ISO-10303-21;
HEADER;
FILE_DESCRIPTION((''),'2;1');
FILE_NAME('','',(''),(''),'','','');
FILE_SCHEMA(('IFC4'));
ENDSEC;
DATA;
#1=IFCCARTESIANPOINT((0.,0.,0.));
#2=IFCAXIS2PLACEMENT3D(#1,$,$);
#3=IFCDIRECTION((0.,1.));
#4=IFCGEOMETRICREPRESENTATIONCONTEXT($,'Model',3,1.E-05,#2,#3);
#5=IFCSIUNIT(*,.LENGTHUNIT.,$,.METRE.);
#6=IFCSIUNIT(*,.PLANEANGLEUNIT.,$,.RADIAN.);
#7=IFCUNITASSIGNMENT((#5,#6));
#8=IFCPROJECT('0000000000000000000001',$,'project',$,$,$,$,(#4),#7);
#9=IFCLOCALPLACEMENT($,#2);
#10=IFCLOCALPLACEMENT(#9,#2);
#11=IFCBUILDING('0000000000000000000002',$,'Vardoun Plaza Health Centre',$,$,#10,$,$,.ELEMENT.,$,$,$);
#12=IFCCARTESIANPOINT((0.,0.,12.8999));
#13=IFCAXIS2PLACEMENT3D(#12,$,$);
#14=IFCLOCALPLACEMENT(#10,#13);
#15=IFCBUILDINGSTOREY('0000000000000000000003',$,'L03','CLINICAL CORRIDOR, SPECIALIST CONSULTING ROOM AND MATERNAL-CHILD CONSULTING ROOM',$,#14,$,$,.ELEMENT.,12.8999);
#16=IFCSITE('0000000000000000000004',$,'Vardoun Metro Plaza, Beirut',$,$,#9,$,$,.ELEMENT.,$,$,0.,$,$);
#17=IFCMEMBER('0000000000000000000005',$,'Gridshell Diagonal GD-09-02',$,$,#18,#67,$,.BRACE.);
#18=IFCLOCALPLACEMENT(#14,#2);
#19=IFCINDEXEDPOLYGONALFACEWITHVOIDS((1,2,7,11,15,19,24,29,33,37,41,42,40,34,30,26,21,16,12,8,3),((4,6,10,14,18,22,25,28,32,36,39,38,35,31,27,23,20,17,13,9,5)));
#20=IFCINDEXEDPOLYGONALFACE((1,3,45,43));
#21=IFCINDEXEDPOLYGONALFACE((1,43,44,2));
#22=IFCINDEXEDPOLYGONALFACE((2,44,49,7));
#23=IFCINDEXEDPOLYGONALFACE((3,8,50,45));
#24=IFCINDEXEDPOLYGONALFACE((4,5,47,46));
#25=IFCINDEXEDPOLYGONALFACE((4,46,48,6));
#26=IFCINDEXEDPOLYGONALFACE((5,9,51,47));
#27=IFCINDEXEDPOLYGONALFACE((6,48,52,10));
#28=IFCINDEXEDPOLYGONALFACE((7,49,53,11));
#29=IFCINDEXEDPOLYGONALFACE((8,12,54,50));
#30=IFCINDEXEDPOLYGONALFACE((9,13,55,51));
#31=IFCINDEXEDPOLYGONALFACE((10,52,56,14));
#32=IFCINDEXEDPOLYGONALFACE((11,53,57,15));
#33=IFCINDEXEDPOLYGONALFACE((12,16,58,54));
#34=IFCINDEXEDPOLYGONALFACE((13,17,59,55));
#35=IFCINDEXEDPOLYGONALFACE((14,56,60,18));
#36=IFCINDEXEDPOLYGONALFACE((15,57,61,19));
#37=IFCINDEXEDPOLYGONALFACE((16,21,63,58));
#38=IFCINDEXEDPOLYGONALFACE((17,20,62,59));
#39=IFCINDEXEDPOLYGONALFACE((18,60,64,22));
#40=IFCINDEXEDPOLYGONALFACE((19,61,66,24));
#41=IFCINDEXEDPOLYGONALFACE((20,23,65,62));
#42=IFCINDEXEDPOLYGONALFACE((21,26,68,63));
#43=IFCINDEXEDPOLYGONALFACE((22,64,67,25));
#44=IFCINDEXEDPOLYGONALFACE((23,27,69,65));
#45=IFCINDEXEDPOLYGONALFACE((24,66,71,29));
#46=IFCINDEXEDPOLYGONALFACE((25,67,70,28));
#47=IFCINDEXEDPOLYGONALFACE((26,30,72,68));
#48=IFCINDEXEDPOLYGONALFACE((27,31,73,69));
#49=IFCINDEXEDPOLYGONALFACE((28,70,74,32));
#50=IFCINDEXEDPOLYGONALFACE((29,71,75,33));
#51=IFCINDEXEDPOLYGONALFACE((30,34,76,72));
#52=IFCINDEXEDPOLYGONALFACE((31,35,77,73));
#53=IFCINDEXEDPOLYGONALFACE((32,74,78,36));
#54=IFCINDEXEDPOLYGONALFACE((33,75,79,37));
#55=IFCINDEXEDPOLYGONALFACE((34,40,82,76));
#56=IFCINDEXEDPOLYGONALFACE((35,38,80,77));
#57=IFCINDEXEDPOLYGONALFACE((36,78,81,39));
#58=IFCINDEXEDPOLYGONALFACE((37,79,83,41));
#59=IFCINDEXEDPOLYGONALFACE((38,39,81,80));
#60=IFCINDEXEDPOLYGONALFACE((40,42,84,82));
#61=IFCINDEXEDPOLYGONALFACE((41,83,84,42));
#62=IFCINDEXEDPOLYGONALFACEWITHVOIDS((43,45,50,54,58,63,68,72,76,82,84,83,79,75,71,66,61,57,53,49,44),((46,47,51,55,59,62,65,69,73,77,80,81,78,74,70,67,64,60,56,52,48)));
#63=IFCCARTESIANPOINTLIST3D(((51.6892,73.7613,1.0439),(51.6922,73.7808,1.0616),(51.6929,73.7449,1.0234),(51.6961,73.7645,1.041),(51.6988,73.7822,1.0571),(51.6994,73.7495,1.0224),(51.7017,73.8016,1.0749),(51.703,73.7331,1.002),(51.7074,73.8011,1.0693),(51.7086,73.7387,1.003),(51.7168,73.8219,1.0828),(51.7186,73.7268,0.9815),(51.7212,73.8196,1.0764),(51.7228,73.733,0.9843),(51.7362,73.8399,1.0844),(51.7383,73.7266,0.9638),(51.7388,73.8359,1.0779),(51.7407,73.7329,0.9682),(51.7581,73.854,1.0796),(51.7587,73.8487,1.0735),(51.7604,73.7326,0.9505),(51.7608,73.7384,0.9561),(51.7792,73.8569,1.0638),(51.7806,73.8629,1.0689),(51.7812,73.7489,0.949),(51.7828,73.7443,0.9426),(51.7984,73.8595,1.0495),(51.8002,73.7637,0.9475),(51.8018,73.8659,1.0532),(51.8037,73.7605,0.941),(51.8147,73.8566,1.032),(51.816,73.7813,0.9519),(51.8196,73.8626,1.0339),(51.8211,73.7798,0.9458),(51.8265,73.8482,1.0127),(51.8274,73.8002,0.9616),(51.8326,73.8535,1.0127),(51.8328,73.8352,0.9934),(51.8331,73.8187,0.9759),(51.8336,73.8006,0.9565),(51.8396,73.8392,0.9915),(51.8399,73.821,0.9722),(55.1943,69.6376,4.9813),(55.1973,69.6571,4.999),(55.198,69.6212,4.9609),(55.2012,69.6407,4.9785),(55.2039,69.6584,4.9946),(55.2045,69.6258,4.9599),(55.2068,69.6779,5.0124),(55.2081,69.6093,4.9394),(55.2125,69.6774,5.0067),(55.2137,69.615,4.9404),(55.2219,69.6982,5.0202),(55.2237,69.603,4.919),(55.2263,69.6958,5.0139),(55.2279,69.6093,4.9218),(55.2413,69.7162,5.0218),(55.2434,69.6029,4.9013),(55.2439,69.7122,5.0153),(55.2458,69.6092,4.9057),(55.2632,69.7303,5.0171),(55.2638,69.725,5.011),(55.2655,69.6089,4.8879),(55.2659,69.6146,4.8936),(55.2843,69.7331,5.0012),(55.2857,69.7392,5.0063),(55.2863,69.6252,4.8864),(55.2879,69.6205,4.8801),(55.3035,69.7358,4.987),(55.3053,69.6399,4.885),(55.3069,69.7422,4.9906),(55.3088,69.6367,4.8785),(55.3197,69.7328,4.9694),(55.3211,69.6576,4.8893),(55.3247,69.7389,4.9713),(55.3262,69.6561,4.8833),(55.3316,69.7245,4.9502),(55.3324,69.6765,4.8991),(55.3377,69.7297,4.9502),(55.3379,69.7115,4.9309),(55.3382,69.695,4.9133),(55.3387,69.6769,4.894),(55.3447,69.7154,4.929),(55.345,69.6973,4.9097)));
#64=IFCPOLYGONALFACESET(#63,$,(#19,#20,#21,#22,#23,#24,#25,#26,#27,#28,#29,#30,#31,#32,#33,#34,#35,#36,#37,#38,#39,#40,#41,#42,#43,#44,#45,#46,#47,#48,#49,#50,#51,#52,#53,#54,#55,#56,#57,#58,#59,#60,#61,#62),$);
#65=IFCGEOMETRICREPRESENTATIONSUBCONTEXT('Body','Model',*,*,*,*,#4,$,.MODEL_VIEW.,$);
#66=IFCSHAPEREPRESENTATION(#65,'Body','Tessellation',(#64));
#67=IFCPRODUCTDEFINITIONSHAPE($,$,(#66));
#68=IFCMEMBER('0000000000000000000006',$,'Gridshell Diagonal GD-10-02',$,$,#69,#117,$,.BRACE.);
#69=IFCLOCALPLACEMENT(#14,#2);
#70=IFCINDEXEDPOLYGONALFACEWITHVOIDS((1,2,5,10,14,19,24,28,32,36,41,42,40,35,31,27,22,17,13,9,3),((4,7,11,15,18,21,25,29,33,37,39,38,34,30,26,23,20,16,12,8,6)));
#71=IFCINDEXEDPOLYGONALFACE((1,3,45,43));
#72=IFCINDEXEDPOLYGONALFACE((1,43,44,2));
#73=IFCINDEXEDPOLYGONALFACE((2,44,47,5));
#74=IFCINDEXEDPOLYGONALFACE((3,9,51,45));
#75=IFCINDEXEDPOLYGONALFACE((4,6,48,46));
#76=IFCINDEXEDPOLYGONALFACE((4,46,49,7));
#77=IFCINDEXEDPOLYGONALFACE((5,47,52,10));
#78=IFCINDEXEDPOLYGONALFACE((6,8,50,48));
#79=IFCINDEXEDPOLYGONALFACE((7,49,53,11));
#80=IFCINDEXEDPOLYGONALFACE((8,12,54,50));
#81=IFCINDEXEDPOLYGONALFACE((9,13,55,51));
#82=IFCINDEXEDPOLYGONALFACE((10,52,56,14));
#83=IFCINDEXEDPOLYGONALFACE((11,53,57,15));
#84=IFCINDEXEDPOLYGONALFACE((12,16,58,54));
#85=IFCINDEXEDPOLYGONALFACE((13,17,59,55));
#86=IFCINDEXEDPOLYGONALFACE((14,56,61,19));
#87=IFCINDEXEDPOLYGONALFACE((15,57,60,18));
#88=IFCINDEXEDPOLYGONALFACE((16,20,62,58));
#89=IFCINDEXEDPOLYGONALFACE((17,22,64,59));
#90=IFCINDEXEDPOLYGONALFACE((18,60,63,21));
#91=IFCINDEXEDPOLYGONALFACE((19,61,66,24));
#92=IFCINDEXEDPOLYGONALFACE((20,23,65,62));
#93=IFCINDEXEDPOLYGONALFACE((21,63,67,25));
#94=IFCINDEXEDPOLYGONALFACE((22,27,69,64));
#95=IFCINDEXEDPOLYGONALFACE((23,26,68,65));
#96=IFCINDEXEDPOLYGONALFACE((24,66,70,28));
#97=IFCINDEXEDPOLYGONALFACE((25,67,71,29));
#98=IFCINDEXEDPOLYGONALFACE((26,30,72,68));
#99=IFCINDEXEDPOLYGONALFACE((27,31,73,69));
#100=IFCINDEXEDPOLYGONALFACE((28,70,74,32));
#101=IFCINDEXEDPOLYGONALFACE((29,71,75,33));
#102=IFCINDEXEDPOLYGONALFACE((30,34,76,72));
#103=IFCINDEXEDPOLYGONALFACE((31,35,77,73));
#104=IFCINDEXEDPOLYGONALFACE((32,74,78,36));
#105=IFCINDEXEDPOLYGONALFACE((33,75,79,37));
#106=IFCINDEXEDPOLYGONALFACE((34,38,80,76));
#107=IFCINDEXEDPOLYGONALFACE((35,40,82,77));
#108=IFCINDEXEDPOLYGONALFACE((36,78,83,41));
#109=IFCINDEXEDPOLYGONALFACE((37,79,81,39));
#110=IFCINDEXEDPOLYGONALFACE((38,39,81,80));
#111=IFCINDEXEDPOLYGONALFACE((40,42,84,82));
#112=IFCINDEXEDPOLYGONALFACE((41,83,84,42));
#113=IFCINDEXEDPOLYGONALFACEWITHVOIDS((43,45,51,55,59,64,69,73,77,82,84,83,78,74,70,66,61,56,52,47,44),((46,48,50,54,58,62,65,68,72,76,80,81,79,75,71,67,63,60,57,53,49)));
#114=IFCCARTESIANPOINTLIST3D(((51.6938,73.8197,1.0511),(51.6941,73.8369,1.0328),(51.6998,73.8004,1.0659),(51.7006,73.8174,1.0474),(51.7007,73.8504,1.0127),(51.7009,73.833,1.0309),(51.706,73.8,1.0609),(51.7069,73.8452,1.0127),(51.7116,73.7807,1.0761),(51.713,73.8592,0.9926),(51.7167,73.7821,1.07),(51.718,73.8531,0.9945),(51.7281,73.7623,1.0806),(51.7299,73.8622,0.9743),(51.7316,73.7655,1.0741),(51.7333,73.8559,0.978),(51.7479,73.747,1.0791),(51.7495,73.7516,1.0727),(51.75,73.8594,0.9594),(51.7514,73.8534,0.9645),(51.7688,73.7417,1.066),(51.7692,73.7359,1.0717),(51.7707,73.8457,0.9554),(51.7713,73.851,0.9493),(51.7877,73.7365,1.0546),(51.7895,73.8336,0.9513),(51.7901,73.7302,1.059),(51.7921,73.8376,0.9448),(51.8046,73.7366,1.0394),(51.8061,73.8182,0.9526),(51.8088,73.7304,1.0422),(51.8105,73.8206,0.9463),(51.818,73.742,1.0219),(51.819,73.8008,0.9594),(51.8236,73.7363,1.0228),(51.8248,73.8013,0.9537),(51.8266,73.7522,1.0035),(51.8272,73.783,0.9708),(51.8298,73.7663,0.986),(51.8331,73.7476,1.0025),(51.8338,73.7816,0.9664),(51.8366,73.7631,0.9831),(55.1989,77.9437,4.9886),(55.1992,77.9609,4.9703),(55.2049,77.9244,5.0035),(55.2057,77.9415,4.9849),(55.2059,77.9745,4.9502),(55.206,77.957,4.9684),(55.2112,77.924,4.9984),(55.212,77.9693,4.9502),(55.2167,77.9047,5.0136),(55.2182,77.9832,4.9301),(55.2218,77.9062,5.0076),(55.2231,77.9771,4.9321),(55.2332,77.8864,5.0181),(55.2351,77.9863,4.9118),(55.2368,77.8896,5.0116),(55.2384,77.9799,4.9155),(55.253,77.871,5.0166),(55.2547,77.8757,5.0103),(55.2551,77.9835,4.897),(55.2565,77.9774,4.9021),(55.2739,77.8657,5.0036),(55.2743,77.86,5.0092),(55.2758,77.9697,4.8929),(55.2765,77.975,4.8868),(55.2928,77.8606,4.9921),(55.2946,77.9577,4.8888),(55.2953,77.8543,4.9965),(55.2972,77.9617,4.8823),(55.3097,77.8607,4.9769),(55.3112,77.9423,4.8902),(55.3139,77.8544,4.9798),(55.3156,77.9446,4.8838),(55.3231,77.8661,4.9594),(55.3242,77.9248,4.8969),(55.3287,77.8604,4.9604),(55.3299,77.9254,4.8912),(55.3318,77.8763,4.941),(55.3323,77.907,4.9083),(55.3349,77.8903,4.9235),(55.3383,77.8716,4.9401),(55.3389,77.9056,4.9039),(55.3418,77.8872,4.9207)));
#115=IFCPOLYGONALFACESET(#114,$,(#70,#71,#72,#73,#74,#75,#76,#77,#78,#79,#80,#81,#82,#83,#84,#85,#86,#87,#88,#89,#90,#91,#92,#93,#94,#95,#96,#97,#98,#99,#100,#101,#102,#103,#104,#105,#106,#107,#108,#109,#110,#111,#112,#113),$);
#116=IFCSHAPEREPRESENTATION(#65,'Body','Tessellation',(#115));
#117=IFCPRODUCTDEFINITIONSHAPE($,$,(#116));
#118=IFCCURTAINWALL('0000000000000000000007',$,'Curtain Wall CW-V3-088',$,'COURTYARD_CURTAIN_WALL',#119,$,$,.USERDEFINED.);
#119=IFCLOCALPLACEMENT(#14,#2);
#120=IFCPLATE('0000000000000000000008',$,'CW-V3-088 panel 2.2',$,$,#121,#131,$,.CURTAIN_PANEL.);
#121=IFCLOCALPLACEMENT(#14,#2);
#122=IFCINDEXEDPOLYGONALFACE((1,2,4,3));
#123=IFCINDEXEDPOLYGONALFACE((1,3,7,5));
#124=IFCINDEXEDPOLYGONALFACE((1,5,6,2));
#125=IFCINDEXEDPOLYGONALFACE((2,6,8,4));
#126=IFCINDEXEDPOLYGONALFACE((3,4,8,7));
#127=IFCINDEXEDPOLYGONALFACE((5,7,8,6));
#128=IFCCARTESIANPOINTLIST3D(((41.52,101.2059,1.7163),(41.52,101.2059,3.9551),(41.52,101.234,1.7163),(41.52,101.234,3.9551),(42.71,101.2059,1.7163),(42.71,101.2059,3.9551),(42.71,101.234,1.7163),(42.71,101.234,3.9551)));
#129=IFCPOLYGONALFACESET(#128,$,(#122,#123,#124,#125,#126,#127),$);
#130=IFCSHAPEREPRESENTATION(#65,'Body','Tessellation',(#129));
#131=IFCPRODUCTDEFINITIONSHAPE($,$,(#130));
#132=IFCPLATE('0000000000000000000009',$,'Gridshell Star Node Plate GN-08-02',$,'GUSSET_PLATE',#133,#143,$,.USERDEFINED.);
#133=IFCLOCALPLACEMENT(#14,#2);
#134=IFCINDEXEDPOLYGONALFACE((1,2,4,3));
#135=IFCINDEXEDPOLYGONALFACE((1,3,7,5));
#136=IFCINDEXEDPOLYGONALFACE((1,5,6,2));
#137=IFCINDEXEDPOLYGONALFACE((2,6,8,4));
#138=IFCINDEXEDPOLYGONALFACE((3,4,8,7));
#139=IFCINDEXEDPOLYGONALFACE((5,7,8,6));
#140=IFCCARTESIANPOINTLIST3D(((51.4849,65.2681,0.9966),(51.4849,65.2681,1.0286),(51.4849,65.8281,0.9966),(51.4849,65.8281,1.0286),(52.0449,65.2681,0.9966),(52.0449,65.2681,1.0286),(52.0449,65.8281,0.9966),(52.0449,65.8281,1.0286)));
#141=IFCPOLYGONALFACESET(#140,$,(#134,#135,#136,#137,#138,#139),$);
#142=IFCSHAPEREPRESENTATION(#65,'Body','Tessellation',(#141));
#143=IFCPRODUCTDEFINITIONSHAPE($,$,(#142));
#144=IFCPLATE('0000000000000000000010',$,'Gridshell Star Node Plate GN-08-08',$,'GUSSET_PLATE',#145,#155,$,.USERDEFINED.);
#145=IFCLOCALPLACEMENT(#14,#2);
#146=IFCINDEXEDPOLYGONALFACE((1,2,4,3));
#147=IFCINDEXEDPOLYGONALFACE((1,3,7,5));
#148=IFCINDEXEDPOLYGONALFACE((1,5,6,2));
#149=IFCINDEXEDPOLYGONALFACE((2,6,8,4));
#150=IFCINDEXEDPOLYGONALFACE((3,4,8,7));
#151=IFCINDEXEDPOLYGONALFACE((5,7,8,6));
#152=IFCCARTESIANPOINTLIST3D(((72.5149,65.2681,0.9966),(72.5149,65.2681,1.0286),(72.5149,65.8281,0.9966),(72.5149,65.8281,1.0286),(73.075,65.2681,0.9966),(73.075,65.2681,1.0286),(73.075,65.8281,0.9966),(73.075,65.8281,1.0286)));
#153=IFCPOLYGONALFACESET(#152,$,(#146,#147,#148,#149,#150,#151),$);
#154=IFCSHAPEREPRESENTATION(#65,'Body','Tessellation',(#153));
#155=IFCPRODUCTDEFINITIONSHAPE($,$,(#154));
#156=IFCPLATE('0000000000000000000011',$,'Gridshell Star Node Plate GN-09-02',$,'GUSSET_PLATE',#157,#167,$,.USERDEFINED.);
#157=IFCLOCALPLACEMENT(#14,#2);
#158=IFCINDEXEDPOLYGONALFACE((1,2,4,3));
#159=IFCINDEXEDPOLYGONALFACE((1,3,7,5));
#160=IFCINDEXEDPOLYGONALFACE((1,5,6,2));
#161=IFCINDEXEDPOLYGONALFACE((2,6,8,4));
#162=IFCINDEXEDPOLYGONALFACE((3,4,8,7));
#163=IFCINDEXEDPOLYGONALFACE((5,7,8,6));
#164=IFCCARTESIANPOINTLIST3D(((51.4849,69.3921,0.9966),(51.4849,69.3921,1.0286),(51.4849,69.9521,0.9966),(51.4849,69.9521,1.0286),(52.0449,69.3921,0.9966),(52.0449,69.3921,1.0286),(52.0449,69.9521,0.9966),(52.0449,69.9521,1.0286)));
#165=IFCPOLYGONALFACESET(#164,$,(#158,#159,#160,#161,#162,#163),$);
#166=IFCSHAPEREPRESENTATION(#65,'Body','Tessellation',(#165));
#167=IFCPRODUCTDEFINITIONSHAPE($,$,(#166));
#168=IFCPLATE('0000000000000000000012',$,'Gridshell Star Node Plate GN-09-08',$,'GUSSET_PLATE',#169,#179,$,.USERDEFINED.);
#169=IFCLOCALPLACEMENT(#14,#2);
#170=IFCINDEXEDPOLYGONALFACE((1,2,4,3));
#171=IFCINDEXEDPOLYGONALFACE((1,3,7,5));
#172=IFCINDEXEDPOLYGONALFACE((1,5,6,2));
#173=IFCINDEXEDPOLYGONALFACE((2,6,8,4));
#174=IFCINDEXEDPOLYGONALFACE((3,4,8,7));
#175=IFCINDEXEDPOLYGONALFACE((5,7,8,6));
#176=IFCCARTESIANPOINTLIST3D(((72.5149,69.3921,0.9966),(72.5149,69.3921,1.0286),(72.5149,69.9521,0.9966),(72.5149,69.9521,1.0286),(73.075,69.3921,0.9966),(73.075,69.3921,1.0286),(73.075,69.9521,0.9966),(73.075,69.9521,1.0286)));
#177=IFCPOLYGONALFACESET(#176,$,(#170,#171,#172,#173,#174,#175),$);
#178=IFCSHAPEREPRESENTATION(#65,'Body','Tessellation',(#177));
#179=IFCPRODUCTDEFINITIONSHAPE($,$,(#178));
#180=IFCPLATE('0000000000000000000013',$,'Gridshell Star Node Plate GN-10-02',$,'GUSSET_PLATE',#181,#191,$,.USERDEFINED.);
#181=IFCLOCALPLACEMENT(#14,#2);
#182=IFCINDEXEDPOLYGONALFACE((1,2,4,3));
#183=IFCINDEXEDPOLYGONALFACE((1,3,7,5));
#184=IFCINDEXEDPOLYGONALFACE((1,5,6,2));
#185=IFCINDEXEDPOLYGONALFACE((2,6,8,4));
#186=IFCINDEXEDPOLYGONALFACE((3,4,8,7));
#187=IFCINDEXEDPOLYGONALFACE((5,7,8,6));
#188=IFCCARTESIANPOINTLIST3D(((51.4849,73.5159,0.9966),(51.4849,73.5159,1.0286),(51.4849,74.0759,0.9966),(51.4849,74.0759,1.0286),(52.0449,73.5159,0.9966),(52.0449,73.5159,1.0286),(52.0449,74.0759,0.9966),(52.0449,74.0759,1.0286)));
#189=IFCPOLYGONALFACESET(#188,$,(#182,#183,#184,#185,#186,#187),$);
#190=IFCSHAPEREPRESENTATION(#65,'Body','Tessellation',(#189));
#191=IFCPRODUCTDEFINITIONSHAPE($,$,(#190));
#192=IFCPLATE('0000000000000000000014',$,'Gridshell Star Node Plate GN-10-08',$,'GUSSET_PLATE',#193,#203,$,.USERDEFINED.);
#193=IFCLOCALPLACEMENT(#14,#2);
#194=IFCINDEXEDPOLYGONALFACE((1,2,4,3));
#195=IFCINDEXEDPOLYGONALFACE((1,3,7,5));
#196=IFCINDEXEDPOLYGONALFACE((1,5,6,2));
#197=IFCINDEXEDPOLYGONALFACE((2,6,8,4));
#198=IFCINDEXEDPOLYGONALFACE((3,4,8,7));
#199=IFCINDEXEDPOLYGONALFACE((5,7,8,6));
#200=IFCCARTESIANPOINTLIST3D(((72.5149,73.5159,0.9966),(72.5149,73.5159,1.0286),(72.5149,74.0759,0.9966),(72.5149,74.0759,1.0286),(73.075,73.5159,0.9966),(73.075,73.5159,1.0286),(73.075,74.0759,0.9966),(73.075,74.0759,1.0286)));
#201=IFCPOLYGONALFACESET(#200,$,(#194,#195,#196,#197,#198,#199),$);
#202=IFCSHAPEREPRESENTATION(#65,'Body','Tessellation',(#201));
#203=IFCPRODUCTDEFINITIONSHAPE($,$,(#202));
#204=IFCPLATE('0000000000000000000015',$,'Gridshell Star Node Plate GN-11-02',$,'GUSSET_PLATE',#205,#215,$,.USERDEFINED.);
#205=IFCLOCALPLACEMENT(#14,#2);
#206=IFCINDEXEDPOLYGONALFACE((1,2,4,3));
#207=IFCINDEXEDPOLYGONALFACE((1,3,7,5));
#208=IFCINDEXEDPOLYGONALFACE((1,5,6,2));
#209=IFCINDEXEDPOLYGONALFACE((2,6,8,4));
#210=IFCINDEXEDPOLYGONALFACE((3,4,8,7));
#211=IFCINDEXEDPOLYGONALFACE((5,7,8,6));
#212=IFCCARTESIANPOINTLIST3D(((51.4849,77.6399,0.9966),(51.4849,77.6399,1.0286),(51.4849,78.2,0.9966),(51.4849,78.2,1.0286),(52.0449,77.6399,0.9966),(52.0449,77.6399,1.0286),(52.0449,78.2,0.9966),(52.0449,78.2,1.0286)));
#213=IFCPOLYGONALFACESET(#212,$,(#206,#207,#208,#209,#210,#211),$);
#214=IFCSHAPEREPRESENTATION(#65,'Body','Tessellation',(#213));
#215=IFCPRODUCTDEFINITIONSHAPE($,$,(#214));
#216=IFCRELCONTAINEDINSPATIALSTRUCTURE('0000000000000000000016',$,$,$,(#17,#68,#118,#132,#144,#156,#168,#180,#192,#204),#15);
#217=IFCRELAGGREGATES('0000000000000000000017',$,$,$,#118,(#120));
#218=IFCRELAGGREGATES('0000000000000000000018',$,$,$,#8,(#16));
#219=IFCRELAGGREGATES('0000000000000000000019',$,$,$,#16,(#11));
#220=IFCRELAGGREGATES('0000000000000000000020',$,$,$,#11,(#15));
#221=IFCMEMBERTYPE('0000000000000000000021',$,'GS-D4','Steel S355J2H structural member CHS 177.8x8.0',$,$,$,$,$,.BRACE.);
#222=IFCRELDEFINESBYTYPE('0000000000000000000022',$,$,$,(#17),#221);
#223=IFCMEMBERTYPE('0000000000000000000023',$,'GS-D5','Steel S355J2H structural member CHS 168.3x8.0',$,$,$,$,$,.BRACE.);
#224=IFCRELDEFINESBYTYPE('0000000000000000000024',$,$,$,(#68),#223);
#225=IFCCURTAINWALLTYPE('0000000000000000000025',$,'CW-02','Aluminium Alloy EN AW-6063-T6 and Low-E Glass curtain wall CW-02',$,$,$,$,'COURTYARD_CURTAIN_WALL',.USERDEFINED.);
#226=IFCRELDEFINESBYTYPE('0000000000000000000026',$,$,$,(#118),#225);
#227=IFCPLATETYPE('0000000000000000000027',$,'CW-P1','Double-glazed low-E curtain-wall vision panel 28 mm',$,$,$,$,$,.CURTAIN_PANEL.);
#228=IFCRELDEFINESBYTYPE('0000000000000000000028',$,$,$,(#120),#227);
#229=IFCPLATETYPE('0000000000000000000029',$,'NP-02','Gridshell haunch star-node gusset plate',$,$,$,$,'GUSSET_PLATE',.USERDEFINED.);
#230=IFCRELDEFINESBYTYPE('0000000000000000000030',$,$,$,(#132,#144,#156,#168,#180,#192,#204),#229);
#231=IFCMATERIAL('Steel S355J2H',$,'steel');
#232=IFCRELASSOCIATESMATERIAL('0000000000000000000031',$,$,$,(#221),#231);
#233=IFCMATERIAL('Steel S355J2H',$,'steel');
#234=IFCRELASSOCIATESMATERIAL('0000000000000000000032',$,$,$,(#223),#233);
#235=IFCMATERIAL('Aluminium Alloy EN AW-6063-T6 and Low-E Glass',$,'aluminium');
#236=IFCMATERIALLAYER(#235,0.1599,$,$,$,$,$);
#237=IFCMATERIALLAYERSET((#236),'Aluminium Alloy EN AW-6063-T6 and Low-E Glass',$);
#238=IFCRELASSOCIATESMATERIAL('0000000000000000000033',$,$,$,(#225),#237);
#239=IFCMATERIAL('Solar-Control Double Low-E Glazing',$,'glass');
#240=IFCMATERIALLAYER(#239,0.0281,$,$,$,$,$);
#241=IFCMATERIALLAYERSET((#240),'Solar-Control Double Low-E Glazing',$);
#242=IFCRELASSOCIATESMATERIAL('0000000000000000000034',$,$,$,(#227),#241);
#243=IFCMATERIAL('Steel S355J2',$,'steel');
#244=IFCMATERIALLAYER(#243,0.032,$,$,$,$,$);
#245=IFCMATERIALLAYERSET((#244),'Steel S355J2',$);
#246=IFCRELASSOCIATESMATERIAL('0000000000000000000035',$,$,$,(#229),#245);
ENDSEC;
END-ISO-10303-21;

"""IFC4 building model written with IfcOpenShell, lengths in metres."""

from ifc_helpers import new_model, si_unit, direction, frame, origin, origin_2d, place, context, subcontext, project, spatial, rectangle, hollow_circle, extrude, material, layer, layer_set, material_profile, profile_set, type_object, element, aggregate, save


model = new_model("IFC4")

# Units and contexts
model_context = context("Model", 3, precision=1e-05, world=origin(), true_north=direction((0.0, 1.0)))
body_context = subcontext(model_context, "Body", "Model", "MODEL_VIEW")
ifc_project = project(units=[si_unit("LENGTHUNIT", "METRE"), si_unit("PLANEANGLEUNIT", "RADIAN")], contexts=[model_context])

# Site, building, storey
site_placement = place(None, origin())
site = spatial("IfcSite", under=ifc_project, at=site_placement, Name="Vardoun Metro Plaza, Beirut", CompositionType="ELEMENT", RefElevation=0.0)
building_placement = place(site_placement, origin())
building = spatial("IfcBuilding", under=site, at=building_placement, Name="Vardoun Plaza Health Centre", CompositionType="ELEMENT")
storey_placement = place(building_placement, frame((0.0, 0.0, 12.8999)))
storey = spatial("IfcBuildingStorey", under=building, at=storey_placement, Name="L03", Description="CLINICAL CORRIDOR, SPECIALIST CONSULTING ROOM AND MATERNAL-CHILD CONSULTING ROOM", CompositionType="ELEMENT", Elevation=12.8999)

# Members
ifc_material_1 = material(Name="Steel S355J2H", Category="steel")
ifc_material_profile_1 = material_profile(ifc_material_1, hollow_circle(Radius=0.0889, WallThickness=0.0081, at=origin_2d()), Name="CHS 177.8x8.0")
ifc_profile_set_1 = profile_set([ifc_material_profile_1], Name="Steel S355J2H")
member_type_1 = type_object("IfcMemberType", Name="GS-D4", Description="Steel S355J2H structural member CHS 177.8x8.0", PredefinedType="BRACE", material=ifc_profile_set_1)
member_1_placement = place(storey_placement, frame((51.7649, 73.7959, 1.0127), z_axis=(0.523706, -0.616139, 0.588307), x_axis=(0.761947, 0.647639, 0.0)))
element("IfcMember", 1, at=member_1_placement, inside=storey, type_object=member_type_1, Name="Gridshell Diagonal GD-09-02", PredefinedType="BRACE", context=body_context, shape_type="SweptSolid", body=[
    extrude(hollow_circle(Radius=0.0889, WallThickness=0.0081, at=origin_2d()), origin(), (0.0, 0.0, 1.0), 6.6929),
])
ifc_material_2 = material(Name="Steel S355J2H", Category="steel")
ifc_material_profile_2 = material_profile(ifc_material_2, hollow_circle(Radius=0.0842, WallThickness=0.0081, at=origin_2d()), Name="CHS 168.3x8.0")
ifc_profile_set_2 = profile_set([ifc_material_profile_2], Name="Steel S355J2H")
member_type_2 = type_object("IfcMemberType", Name="GS-D5", Description="Steel S355J2H structural member CHS 168.3x8.0", PredefinedType="BRACE", material=ifc_profile_set_2)
member_2_placement = place(storey_placement, frame((51.7649, 73.7959, 1.0127), z_axis=(0.523694, 0.616162, 0.588294), x_axis=(-0.761966, 0.647617, 0.0)))
element("IfcMember", 2, at=member_2_placement, inside=storey, type_object=member_type_2, Name="Gridshell Diagonal GD-10-02", PredefinedType="BRACE", context=body_context, shape_type="SweptSolid", body=[
    extrude(hollow_circle(Radius=0.0842, WallThickness=0.0081, at=origin_2d()), origin(), (0.0, 0.0, 1.0), 6.6931),
])

# Curtain wall, plate
ifc_material_3 = material(Name="Aluminium Alloy EN AW-6063-T6 and Low-E Glass", Category="aluminium")
ifc_layer_1 = layer(ifc_material_3, 0.1599)
ifc_layer_set_1 = layer_set([ifc_layer_1], Name="Aluminium Alloy EN AW-6063-T6 and Low-E Glass")
curtain_wall_type = type_object("IfcCurtainWallType", Name="CW-02", Description="Aluminium Alloy EN AW-6063-T6 and Low-E Glass curtain wall CW-02", ElementType="COURTYARD_CURTAIN_WALL", PredefinedType="USERDEFINED", material=ifc_layer_set_1)
curtain_wall_placement = place(storey_placement, origin())
curtain_wall = element("IfcCurtainWall", 3, at=curtain_wall_placement, inside=storey, type_object=curtain_wall_type, Name="Curtain Wall CW-V3-088", ObjectType="COURTYARD_CURTAIN_WALL", PredefinedType="USERDEFINED")
ifc_material_4 = material(Name="Solar-Control Double Low-E Glazing", Category="glass")
ifc_layer_2 = layer(ifc_material_4, 0.0281)
ifc_layer_set_2 = layer_set([ifc_layer_2], Name="Solar-Control Double Low-E Glazing")
plate_type_1 = type_object("IfcPlateType", Name="CW-P1", Description="Double-glazed low-E curtain-wall vision panel 28 mm", PredefinedType="CURTAIN_PANEL", material=ifc_layer_set_2)
plate_placement = place(storey_placement, frame((42.115, 101.22, 1.7163), z_axis=(0.0, 0.0, 1.0), x_axis=(-1.0, 0.0, 0.0)))
plate = element("IfcPlate", 4, at=plate_placement, type_object=plate_type_1, Name="CW-V3-088 panel 2.2", PredefinedType="CURTAIN_PANEL", context=body_context, shape_type="SweptSolid", body=[
    extrude(rectangle(XDim=1.1899, YDim=0.0281, at=origin_2d()), origin(), (0.0, 0.0, 1.0), 2.2388),
])
aggregate(curtain_wall, [plate])

# Plates
ifc_material_5 = material(Name="Steel S355J2", Category="steel")
ifc_layer_3 = layer(ifc_material_5, 0.032)
ifc_layer_set_3 = layer_set([ifc_layer_3], Name="Steel S355J2")
plate_type_2 = type_object("IfcPlateType", Name="NP-02", Description="Gridshell haunch star-node gusset plate", ElementType="GUSSET_PLATE", PredefinedType="USERDEFINED", material=ifc_layer_set_3)
for number, where, z_axis, x_axis, name in (
    (5, (51.7649, 65.5481, 0.9966), (0.0, 0.0, 1.0), (1.0, 0.0, 0.0), "Gridshell Star Node Plate GN-08-02"),
    (6, (72.7949, 65.5481, 0.9966), (0.0, 0.0, 1.0), (1.0, 0.0, 0.0), "Gridshell Star Node Plate GN-08-08"),
    (7, (51.7649, 69.6721, 0.9966), (0.0, 0.0, 1.0), (1.0, 0.0, 0.0), "Gridshell Star Node Plate GN-09-02"),
    (8, (72.7949, 69.6721, 0.9966), (0.0, 0.0, 1.0), (1.0, 0.0, 0.0), "Gridshell Star Node Plate GN-09-08"),
    (9, (51.7649, 73.7959, 0.9966), (0.0, 0.0, 1.0), (1.0, 0.0, 0.0), "Gridshell Star Node Plate GN-10-02"),
    (10, (72.7949, 73.7959, 0.9966), (0.0, 0.0, 1.0), (1.0, 0.0, 0.0), "Gridshell Star Node Plate GN-10-08"),
    (11, (51.7649, 77.9199, 0.9966), (0.0, 0.0, 1.0), (1.0, 0.0, 0.0), "Gridshell Star Node Plate GN-11-02"),
):
    element("IfcPlate", number, at=place(storey_placement, frame(where, z_axis=z_axis, x_axis=x_axis)), inside=storey, type_object=plate_type_2, Name=name, ObjectType="GUSSET_PLATE", PredefinedType="USERDEFINED", context=body_context, shape_type="SweptSolid", body=[
        extrude(rectangle(XDim=0.5601, YDim=0.5601, at=origin_2d()), origin(), (0.0, 0.0, 1.0), 0.032),
    ])

save(model, "model.ifc")
